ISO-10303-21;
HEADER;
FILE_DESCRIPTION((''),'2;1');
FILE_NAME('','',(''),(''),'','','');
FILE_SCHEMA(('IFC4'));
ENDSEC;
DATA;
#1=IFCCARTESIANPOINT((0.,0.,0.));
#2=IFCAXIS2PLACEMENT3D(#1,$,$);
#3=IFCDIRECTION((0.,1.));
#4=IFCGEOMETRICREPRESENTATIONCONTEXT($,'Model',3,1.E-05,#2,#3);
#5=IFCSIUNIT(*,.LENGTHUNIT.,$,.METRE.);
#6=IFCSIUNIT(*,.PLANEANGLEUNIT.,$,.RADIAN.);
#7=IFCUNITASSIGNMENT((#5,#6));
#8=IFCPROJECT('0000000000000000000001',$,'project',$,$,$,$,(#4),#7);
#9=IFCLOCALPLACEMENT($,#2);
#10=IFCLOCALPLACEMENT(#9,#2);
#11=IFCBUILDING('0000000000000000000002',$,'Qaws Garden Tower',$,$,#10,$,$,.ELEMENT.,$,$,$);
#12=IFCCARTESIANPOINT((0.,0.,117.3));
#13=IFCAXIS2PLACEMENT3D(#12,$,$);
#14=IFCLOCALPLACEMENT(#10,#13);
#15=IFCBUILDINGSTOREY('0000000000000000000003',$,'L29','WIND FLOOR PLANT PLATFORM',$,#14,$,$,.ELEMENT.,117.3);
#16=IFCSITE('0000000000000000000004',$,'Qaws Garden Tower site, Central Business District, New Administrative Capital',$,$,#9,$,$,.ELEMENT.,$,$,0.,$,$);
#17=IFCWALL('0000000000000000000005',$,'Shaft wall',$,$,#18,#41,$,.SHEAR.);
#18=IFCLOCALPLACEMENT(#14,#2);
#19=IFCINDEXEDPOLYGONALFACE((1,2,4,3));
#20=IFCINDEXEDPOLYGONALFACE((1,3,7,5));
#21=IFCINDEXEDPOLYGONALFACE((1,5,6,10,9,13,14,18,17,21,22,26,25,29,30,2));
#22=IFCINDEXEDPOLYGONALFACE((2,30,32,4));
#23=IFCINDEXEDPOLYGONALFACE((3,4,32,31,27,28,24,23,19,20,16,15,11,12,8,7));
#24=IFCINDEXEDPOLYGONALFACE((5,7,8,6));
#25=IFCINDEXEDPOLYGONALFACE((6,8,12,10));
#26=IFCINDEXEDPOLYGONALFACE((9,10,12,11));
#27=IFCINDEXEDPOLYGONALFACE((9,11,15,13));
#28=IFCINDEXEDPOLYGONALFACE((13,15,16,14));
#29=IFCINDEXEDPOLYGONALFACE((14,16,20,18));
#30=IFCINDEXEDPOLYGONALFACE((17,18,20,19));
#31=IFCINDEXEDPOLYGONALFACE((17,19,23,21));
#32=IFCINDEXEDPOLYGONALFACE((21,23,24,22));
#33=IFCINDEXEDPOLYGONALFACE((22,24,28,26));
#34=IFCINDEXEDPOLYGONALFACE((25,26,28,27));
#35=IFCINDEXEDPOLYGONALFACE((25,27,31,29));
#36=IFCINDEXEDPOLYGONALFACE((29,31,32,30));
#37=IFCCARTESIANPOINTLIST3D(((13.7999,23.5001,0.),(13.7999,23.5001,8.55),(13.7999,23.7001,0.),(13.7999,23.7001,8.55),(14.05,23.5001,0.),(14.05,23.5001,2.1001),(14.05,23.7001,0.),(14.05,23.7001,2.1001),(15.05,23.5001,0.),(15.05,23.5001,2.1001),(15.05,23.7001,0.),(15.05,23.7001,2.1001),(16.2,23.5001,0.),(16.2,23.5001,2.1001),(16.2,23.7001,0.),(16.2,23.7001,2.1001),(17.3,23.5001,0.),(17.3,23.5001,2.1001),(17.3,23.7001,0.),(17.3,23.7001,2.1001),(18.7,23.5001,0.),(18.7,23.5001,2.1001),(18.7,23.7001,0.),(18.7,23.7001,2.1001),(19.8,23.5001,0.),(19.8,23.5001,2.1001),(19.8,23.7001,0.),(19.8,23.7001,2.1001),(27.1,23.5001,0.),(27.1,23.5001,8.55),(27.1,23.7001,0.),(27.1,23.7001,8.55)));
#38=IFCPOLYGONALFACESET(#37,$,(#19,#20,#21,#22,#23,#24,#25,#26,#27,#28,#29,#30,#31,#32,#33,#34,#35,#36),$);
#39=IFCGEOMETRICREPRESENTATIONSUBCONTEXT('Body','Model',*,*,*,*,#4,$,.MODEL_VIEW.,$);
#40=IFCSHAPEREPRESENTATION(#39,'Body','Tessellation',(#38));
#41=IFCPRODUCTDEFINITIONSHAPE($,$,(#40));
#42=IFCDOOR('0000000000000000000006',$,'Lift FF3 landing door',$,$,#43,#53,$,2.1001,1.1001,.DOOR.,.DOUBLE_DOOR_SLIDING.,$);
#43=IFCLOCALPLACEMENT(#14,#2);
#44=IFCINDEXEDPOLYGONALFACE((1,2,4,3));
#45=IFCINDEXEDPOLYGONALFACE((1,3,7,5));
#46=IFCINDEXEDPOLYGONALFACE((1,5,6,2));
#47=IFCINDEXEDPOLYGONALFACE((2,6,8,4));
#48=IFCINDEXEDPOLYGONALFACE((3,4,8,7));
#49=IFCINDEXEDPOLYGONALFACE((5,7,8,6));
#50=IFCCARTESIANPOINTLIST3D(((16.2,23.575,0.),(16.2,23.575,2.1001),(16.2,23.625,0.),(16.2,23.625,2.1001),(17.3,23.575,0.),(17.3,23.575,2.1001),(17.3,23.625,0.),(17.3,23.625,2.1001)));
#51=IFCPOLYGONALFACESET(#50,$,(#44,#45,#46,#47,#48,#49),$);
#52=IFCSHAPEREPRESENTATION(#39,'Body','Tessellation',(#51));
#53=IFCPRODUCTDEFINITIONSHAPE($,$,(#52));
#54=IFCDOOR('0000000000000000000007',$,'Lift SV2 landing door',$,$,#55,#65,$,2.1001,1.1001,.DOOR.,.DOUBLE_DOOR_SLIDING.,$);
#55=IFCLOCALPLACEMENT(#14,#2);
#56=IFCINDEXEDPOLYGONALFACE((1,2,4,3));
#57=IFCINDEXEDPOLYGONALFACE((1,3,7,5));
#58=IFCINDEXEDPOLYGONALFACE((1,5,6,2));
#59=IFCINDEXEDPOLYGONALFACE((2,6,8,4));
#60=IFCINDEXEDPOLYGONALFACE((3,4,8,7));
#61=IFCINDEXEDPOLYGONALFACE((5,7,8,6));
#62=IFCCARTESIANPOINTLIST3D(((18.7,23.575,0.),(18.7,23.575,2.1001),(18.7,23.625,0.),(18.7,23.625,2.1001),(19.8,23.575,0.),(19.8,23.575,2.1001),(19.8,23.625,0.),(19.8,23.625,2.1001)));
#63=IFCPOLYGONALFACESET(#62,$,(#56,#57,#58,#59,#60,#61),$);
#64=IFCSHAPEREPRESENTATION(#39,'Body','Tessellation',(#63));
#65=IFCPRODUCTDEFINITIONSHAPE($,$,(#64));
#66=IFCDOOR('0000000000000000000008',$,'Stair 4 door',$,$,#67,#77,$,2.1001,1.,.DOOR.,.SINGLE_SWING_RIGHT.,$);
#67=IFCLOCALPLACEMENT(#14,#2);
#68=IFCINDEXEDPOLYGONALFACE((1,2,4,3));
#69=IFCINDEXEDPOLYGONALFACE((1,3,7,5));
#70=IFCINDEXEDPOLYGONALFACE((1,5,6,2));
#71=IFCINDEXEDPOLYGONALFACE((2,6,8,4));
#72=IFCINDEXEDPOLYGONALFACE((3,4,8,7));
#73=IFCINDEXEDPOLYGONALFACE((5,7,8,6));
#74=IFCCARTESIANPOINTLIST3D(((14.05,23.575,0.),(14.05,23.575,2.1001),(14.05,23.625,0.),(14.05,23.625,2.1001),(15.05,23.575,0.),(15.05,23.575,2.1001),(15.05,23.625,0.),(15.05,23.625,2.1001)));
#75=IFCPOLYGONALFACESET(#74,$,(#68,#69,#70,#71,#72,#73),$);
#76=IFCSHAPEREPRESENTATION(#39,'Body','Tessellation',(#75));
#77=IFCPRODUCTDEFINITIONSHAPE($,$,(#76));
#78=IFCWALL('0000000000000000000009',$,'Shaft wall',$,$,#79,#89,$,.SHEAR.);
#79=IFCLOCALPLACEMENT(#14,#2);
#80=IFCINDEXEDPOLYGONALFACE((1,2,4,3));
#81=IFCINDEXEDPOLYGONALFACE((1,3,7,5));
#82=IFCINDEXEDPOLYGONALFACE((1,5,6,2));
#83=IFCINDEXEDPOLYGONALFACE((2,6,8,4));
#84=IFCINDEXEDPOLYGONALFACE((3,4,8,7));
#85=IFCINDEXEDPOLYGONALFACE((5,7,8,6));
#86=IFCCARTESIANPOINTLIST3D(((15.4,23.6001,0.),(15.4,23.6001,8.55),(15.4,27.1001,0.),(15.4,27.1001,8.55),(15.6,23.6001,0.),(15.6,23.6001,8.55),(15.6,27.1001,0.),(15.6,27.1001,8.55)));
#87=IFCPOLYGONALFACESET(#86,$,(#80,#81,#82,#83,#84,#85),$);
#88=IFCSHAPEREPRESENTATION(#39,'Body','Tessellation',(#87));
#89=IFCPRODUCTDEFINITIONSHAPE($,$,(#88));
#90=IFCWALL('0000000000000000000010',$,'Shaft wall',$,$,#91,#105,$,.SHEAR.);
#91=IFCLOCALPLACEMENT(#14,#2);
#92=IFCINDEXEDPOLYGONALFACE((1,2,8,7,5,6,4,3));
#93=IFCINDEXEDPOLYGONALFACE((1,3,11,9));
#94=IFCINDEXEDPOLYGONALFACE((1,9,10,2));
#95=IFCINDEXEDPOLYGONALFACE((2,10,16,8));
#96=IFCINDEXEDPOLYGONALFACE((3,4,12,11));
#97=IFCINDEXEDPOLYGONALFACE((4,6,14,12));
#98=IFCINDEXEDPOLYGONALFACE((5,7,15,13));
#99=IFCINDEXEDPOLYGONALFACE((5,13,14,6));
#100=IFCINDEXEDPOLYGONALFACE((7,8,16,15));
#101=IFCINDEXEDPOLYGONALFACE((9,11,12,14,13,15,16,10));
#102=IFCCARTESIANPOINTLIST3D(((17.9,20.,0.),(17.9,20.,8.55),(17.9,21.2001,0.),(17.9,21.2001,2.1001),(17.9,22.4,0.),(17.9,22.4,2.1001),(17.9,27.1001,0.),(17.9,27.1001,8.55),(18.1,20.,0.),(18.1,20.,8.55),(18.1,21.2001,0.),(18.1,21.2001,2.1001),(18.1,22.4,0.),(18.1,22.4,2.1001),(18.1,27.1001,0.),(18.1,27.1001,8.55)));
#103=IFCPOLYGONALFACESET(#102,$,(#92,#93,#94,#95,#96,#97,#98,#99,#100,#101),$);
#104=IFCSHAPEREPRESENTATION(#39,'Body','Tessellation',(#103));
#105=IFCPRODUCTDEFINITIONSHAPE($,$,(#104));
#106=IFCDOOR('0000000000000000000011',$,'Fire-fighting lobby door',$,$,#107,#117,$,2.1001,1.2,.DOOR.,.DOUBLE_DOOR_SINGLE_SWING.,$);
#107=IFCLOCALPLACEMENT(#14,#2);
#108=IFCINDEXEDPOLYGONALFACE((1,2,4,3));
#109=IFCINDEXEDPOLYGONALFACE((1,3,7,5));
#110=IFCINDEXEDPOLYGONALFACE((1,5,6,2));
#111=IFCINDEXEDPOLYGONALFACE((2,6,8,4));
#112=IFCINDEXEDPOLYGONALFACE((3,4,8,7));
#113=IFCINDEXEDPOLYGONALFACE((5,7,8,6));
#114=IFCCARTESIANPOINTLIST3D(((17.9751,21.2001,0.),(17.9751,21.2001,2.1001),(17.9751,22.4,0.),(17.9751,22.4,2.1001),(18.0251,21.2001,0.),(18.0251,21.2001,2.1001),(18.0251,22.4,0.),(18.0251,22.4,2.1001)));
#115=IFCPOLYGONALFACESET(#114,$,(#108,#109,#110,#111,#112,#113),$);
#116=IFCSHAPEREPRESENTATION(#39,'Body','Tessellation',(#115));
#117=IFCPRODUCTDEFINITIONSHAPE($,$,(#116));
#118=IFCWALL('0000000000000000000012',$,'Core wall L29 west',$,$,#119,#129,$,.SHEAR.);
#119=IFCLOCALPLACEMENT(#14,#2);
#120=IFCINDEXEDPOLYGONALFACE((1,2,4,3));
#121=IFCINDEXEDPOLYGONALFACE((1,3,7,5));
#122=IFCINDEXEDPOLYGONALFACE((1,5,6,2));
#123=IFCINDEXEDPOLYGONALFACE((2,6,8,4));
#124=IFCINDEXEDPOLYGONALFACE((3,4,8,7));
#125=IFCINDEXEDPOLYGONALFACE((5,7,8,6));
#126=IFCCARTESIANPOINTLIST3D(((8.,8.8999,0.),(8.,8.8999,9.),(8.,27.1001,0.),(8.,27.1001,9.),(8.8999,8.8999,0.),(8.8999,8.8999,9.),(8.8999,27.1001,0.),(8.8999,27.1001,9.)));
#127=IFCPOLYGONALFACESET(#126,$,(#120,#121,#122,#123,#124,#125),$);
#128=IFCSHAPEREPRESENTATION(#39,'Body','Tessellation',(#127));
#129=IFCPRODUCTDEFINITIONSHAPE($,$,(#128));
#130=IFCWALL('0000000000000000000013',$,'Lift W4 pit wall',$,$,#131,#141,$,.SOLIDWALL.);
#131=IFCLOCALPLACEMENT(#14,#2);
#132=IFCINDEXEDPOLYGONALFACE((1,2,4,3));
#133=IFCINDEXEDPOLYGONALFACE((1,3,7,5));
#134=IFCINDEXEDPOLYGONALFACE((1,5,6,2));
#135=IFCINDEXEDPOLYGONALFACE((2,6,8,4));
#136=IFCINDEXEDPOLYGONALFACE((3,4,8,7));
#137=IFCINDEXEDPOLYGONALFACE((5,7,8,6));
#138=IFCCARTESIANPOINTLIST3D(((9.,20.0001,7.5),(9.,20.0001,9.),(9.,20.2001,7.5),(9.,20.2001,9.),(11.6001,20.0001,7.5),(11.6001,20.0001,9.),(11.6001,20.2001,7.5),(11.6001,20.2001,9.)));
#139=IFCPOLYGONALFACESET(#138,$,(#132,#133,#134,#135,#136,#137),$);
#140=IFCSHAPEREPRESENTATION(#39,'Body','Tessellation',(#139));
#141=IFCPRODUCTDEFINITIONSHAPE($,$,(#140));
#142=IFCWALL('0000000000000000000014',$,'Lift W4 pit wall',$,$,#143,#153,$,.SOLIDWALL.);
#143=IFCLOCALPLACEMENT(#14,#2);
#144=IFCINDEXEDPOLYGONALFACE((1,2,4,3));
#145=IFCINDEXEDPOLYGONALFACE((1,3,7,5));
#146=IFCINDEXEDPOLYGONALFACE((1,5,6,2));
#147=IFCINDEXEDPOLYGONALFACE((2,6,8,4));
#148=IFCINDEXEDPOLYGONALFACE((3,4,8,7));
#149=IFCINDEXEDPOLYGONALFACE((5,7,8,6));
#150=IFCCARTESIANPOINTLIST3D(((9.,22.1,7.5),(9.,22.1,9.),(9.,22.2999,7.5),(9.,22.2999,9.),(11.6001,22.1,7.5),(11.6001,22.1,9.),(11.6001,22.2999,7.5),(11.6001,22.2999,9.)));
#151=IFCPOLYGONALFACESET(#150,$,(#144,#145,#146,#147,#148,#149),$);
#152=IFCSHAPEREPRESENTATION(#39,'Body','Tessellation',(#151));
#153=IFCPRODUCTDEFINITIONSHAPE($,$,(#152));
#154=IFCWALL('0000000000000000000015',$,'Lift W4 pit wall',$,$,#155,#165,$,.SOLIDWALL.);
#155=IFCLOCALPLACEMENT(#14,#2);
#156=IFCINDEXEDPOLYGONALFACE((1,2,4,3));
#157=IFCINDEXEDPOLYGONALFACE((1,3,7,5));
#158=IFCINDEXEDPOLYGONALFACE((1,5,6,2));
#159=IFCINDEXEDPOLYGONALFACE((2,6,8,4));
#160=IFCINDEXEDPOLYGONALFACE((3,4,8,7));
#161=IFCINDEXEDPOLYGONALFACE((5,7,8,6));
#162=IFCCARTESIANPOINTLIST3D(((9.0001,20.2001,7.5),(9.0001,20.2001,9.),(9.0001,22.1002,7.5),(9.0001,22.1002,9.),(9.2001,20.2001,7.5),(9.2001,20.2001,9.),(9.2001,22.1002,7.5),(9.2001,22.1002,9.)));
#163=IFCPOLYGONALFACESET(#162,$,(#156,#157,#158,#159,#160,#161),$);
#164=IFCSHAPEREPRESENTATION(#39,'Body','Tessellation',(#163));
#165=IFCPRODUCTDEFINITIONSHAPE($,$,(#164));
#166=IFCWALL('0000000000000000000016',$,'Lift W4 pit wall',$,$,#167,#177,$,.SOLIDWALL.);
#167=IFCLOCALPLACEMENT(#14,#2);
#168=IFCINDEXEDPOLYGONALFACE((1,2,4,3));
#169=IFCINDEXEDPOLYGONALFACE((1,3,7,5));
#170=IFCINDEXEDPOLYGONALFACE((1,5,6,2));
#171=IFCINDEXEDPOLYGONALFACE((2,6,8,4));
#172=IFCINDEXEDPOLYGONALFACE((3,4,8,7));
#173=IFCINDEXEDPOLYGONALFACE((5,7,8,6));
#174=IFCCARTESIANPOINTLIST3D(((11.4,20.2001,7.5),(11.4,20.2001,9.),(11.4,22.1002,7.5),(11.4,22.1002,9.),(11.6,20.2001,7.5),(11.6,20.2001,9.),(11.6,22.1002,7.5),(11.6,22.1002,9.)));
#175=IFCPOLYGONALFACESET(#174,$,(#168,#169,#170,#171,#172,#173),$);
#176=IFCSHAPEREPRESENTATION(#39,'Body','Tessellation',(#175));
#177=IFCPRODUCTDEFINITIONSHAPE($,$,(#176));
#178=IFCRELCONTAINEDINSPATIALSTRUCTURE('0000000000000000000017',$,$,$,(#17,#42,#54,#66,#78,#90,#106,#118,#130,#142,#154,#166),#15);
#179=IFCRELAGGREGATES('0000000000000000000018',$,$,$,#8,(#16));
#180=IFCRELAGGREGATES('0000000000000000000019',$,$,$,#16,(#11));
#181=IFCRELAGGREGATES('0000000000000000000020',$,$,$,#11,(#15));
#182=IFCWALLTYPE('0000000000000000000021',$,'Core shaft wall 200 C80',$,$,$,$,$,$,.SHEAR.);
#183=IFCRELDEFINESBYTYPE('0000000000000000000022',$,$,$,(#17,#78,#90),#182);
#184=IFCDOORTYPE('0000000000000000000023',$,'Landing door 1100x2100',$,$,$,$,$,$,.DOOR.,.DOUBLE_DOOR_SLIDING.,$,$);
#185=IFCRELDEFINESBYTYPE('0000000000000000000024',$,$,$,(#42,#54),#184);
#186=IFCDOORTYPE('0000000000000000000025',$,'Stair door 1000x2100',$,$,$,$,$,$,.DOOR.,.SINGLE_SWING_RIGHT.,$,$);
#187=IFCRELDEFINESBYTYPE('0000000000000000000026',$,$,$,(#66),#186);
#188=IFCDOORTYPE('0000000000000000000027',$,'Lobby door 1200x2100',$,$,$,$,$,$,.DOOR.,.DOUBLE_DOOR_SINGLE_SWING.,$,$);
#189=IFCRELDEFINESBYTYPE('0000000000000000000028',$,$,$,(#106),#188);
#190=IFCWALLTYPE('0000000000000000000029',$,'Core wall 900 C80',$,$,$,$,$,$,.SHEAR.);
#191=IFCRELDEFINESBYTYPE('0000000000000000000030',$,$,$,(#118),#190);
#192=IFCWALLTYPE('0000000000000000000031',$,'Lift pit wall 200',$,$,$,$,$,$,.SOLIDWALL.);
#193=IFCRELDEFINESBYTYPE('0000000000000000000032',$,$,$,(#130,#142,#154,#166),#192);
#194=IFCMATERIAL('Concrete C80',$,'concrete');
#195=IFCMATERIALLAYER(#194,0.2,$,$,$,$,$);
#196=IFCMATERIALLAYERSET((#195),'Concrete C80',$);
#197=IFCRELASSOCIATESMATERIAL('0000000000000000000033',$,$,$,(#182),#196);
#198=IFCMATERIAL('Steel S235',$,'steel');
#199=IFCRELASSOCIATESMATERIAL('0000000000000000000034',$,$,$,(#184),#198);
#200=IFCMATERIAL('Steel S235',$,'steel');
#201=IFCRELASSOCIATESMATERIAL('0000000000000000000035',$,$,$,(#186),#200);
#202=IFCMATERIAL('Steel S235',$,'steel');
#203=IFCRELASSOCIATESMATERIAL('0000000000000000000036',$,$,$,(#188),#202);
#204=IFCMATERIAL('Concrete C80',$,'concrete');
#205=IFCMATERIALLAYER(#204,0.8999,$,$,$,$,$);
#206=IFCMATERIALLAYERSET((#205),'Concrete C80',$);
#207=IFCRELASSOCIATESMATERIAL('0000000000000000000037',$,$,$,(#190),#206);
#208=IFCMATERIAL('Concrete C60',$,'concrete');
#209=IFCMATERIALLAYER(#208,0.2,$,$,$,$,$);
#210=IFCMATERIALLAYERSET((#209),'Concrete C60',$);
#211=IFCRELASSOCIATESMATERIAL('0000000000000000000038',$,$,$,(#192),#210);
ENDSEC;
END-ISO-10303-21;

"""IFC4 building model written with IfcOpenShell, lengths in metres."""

from ifc_helpers import new_model, si_unit, direction, frame, frame_2d, origin, place, context, subcontext, project, spatial, rectangle, extrude, material, layer, layer_set, type_object, element, fill, save


model = new_model("IFC4")

# Units and contexts
model_context = context("Model", 3, precision=1e-05, world=origin(), true_north=direction((0.0, 1.0)))
body_context = subcontext(model_context, "Body", "Model", "MODEL_VIEW")
ifc_project = project(units=[si_unit("LENGTHUNIT", "METRE"), si_unit("PLANEANGLEUNIT", "RADIAN")], contexts=[model_context])

# Site, building, storey
site_placement = place(None, origin())
site = spatial("IfcSite", under=ifc_project, at=site_placement, Name="Qaws Garden Tower site, Central Business District, New Administrative Capital", CompositionType="ELEMENT", RefElevation=0.0)
building_placement = place(site_placement, origin())
building = spatial("IfcBuilding", under=site, at=building_placement, Name="Qaws Garden Tower", CompositionType="ELEMENT")
storey_placement = place(building_placement, frame((0.0, 0.0, 117.3)))
storey = spatial("IfcBuildingStorey", under=building, at=storey_placement, Name="L29", Description="WIND FLOOR PLANT PLATFORM", CompositionType="ELEMENT", Elevation=117.3)

# Shared definitions
ifc_material_1 = material(Name="Concrete C80", Category="concrete")
ifc_layer_1 = layer(ifc_material_1, 0.2)
ifc_layer_set_1 = layer_set([ifc_layer_1], Name="Concrete C80")
wall_type_1 = type_object("IfcWallType", Name="Core shaft wall 200 C80", PredefinedType="SHEAR", material=ifc_layer_set_1)

# Wall, openings, doors
wall_1_placement = place(storey_placement, frame((13.8, 23.6001, 0.0), z_axis=(0.0, 0.0, 1.0), x_axis=(1.0, 0.0, 0.0)))
wall_1 = element("IfcWall", 1, at=wall_1_placement, inside=storey, type_object=wall_type_1, Name="Shaft wall", PredefinedType="SHEAR", context=body_context, shape_type="SweptSolid", body=[
    extrude(rectangle(XDim=13.3, YDim=0.2, at=frame_2d((6.6499, 0.0))), origin(), (0.0, 0.0, 1.0), 8.55),
])
opening_1_placement = place(wall_1_placement, frame((2.3999, 0.0, 0.0)))
opening_1 = element("IfcOpeningElement", 2, at=opening_1_placement, cuts=wall_1, PredefinedType="OPENING", context=body_context, shape_type="SweptSolid", body=[
    extrude(rectangle(XDim=1.1001, YDim=2.1001, at=frame_2d((0.55, 1.05))), frame((0.0, 0.1099, 0.0), z_axis=(0.0, -1.0, 0.0), x_axis=(1.0, 0.0, 0.0)), (0.0, 0.0, 1.0), 0.22),
])
opening_2_placement = place(wall_1_placement, frame((4.8999, 0.0, 0.0)))
opening_2 = element("IfcOpeningElement", 3, at=opening_2_placement, cuts=wall_1, PredefinedType="OPENING", context=body_context, shape_type="SweptSolid", body=[
    extrude(rectangle(XDim=1.1001, YDim=2.1001, at=frame_2d((0.55, 1.05))), frame((0.0, 0.1099, 0.0), z_axis=(0.0, -1.0, 0.0), x_axis=(1.0, 0.0, 0.0)), (0.0, 0.0, 1.0), 0.22),
])
opening_3_placement = place(wall_1_placement, frame((0.25, 0.0, 0.0)))
opening_3 = element("IfcOpeningElement", 4, at=opening_3_placement, cuts=wall_1, PredefinedType="OPENING", context=body_context, shape_type="SweptSolid", body=[
    extrude(rectangle(XDim=1.0, YDim=2.1001, at=frame_2d((0.5, 1.05))), frame((0.0, 0.1099, 0.0), z_axis=(0.0, -1.0, 0.0), x_axis=(1.0, 0.0, 0.0)), (0.0, 0.0, 1.0), 0.22),
])
ifc_material_2 = material(Name="Steel S235", Category="steel")
door_type_1 = type_object("IfcDoorType", Name="Landing door 1100x2100", OperationType="DOUBLE_DOOR_SLIDING", PredefinedType="DOOR", material=ifc_material_2)
door_1_placement = place(opening_1_placement, origin())
door_1 = element("IfcDoor", 5, at=door_1_placement, inside=storey, type_object=door_type_1, Name="Lift FF3 landing door", OperationType="DOUBLE_DOOR_SLIDING", OverallHeight=2.1001, OverallWidth=1.1001, PredefinedType="DOOR", context=body_context, shape_type="SweptSolid", body=[
    extrude(rectangle(XDim=1.1001, YDim=2.1001, at=frame_2d((0.55, 1.05))), frame((0.0, 0.0249, 0.0), z_axis=(0.0, -1.0, 0.0), x_axis=(1.0, 0.0, 0.0)), (0.0, 0.0, 1.0), 0.05),
])
fill(opening_1, door_1)
door_2_placement = place(opening_2_placement, origin())
door_2 = element("IfcDoor", 6, at=door_2_placement, inside=storey, type_object=door_type_1, Name="Lift SV2 landing door", OperationType="DOUBLE_DOOR_SLIDING", OverallHeight=2.1001, OverallWidth=1.1001, PredefinedType="DOOR", context=body_context, shape_type="SweptSolid", body=[
    extrude(rectangle(XDim=1.1001, YDim=2.1001, at=frame_2d((0.55, 1.05))), frame((0.0, 0.0249, 0.0), z_axis=(0.0, -1.0, 0.0), x_axis=(1.0, 0.0, 0.0)), (0.0, 0.0, 1.0), 0.05),
])
fill(opening_2, door_2)
ifc_material_3 = material(Name="Steel S235", Category="steel")
door_type_2 = type_object("IfcDoorType", Name="Stair door 1000x2100", OperationType="SINGLE_SWING_RIGHT", PredefinedType="DOOR", material=ifc_material_3)
door_3_placement = place(opening_3_placement, origin())
door_3 = element("IfcDoor", 7, at=door_3_placement, inside=storey, type_object=door_type_2, Name="Stair 4 door", OperationType="SINGLE_SWING_RIGHT", OverallHeight=2.1001, OverallWidth=1.0, PredefinedType="DOOR", context=body_context, shape_type="SweptSolid", body=[
    extrude(rectangle(XDim=1.0, YDim=2.1001, at=frame_2d((0.5, 1.05))), frame((0.0, 0.0249, 0.0), z_axis=(0.0, -1.0, 0.0), x_axis=(1.0, 0.0, 0.0)), (0.0, 0.0, 1.0), 0.05),
])
fill(opening_3, door_3)

# Wall
wall_2_placement = place(storey_placement, frame((15.5, 23.6001, 0.0), z_axis=(0.0, 0.0, 1.0), x_axis=(0.0, 1.0, 0.0)))
element("IfcWall", 8, at=wall_2_placement, inside=storey, type_object=wall_type_1, Name="Shaft wall", PredefinedType="SHEAR", context=body_context, shape_type="SweptSolid", body=[
    extrude(rectangle(XDim=3.5, YDim=0.2, at=frame_2d((1.75, 0.0))), origin(), (0.0, 0.0, 1.0), 8.55),
])

# Wall, opening, door
wall_3_placement = place(storey_placement, frame((18.0, 20.0, 0.0), z_axis=(0.0, 0.0, 1.0), x_axis=(0.0, 1.0, 0.0)))
wall_3 = element("IfcWall", 9, at=wall_3_placement, inside=storey, type_object=wall_type_1, Name="Shaft wall", PredefinedType="SHEAR", context=body_context, shape_type="SweptSolid", body=[
    extrude(rectangle(XDim=7.1001, YDim=0.2, at=frame_2d((3.55, 0.0))), origin(), (0.0, 0.0, 1.0), 8.55),
])
opening_4_placement = place(wall_3_placement, frame((1.2, 0.0, 0.0)))
opening_4 = element("IfcOpeningElement", 10, at=opening_4_placement, cuts=wall_3, PredefinedType="OPENING", context=body_context, shape_type="SweptSolid", body=[
    extrude(rectangle(XDim=1.2, YDim=2.1001, at=frame_2d((0.6001, 1.05))), frame((0.0, 0.1099, 0.0), z_axis=(0.0, -1.0, 0.0), x_axis=(1.0, 0.0, 0.0)), (0.0, 0.0, 1.0), 0.22),
])
ifc_material_4 = material(Name="Steel S235", Category="steel")
door_type_3 = type_object("IfcDoorType", Name="Lobby door 1200x2100", OperationType="DOUBLE_DOOR_SINGLE_SWING", PredefinedType="DOOR", material=ifc_material_4)
door_4_placement = place(opening_4_placement, origin())
door_4 = element("IfcDoor", 11, at=door_4_placement, inside=storey, type_object=door_type_3, Name="Fire-fighting lobby door", OperationType="DOUBLE_DOOR_SINGLE_SWING", OverallHeight=2.1001, OverallWidth=1.2, PredefinedType="DOOR", context=body_context, shape_type="SweptSolid", body=[
    extrude(rectangle(XDim=1.2, YDim=2.1001, at=frame_2d((0.6001, 1.05))), frame((0.0, 0.0249, 0.0), z_axis=(0.0, -1.0, 0.0), x_axis=(1.0, 0.0, 0.0)), (0.0, 0.0, 1.0), 0.05),
])
fill(opening_4, door_4)

# Walls
ifc_material_5 = material(Name="Concrete C80", Category="concrete")
ifc_layer_2 = layer(ifc_material_5, 0.8999)
ifc_layer_set_2 = layer_set([ifc_layer_2], Name="Concrete C80")
wall_type_2 = type_object("IfcWallType", Name="Core wall 900 C80", PredefinedType="SHEAR", material=ifc_layer_set_2)
wall_4_placement = place(storey_placement, frame((8.45, 27.1001, 0.0), z_axis=(0.0, 0.0, 1.0), x_axis=(0.0, -1.0, 0.0)))
element("IfcWall", 12, at=wall_4_placement, inside=storey, type_object=wall_type_2, Name="Core wall L29 west", PredefinedType="SHEAR", context=body_context, shape_type="SweptSolid", body=[
    extrude(rectangle(XDim=18.2002, YDim=0.8999, at=frame_2d((9.1001, 0.0))), origin(), (0.0, 0.0, 1.0), 9.0),
])
ifc_material_6 = material(Name="Concrete C60", Category="concrete")
ifc_layer_3 = layer(ifc_material_6, 0.2)
ifc_layer_set_3 = layer_set([ifc_layer_3], Name="Concrete C60")
wall_type_3 = type_object("IfcWallType", Name="Lift pit wall 200", PredefinedType="SOLIDWALL", material=ifc_layer_set_3)
for number, where, z_axis, x_axis, name in (
    (13, (9.0, 20.1001, 7.5), (0.0, 0.0, 1.0), (1.0, 0.0, 0.0), "Lift W4 pit wall"),
    (14, (9.0, 22.2, 7.5), (0.0, 0.0, 1.0), (1.0, 0.0, 0.0), "Lift W4 pit wall"),
):
    element("IfcWall", number, at=place(storey_placement, frame(where, z_axis=z_axis, x_axis=x_axis)), inside=storey, type_object=wall_type_3, Name=name, PredefinedType="SOLIDWALL", context=body_context, shape_type="SweptSolid", body=[
        extrude(rectangle(XDim=2.6001, YDim=0.2, at=frame_2d((1.3, 0.0))), origin(), (0.0, 0.0, 1.0), 1.5),
    ])
for number, where, z_axis, x_axis, name in (
    (15, (9.1001, 20.2, 7.5), (0.0, 0.0, 1.0), (0.0, 1.0, 0.0), "Lift W4 pit wall"),
    (16, (11.5, 20.2, 7.5), (0.0, 0.0, 1.0), (0.0, 1.0, 0.0), "Lift W4 pit wall"),
):
    element("IfcWall", number, at=place(storey_placement, frame(where, z_axis=z_axis, x_axis=x_axis)), inside=storey, type_object=wall_type_3, Name=name, PredefinedType="SOLIDWALL", context=body_context, shape_type="SweptSolid", body=[
        extrude(rectangle(XDim=1.9001, YDim=0.2, at=frame_2d((0.9502, 0.0))), origin(), (0.0, 0.0, 1.0), 1.5),
    ])

save(model, "model.ifc")
